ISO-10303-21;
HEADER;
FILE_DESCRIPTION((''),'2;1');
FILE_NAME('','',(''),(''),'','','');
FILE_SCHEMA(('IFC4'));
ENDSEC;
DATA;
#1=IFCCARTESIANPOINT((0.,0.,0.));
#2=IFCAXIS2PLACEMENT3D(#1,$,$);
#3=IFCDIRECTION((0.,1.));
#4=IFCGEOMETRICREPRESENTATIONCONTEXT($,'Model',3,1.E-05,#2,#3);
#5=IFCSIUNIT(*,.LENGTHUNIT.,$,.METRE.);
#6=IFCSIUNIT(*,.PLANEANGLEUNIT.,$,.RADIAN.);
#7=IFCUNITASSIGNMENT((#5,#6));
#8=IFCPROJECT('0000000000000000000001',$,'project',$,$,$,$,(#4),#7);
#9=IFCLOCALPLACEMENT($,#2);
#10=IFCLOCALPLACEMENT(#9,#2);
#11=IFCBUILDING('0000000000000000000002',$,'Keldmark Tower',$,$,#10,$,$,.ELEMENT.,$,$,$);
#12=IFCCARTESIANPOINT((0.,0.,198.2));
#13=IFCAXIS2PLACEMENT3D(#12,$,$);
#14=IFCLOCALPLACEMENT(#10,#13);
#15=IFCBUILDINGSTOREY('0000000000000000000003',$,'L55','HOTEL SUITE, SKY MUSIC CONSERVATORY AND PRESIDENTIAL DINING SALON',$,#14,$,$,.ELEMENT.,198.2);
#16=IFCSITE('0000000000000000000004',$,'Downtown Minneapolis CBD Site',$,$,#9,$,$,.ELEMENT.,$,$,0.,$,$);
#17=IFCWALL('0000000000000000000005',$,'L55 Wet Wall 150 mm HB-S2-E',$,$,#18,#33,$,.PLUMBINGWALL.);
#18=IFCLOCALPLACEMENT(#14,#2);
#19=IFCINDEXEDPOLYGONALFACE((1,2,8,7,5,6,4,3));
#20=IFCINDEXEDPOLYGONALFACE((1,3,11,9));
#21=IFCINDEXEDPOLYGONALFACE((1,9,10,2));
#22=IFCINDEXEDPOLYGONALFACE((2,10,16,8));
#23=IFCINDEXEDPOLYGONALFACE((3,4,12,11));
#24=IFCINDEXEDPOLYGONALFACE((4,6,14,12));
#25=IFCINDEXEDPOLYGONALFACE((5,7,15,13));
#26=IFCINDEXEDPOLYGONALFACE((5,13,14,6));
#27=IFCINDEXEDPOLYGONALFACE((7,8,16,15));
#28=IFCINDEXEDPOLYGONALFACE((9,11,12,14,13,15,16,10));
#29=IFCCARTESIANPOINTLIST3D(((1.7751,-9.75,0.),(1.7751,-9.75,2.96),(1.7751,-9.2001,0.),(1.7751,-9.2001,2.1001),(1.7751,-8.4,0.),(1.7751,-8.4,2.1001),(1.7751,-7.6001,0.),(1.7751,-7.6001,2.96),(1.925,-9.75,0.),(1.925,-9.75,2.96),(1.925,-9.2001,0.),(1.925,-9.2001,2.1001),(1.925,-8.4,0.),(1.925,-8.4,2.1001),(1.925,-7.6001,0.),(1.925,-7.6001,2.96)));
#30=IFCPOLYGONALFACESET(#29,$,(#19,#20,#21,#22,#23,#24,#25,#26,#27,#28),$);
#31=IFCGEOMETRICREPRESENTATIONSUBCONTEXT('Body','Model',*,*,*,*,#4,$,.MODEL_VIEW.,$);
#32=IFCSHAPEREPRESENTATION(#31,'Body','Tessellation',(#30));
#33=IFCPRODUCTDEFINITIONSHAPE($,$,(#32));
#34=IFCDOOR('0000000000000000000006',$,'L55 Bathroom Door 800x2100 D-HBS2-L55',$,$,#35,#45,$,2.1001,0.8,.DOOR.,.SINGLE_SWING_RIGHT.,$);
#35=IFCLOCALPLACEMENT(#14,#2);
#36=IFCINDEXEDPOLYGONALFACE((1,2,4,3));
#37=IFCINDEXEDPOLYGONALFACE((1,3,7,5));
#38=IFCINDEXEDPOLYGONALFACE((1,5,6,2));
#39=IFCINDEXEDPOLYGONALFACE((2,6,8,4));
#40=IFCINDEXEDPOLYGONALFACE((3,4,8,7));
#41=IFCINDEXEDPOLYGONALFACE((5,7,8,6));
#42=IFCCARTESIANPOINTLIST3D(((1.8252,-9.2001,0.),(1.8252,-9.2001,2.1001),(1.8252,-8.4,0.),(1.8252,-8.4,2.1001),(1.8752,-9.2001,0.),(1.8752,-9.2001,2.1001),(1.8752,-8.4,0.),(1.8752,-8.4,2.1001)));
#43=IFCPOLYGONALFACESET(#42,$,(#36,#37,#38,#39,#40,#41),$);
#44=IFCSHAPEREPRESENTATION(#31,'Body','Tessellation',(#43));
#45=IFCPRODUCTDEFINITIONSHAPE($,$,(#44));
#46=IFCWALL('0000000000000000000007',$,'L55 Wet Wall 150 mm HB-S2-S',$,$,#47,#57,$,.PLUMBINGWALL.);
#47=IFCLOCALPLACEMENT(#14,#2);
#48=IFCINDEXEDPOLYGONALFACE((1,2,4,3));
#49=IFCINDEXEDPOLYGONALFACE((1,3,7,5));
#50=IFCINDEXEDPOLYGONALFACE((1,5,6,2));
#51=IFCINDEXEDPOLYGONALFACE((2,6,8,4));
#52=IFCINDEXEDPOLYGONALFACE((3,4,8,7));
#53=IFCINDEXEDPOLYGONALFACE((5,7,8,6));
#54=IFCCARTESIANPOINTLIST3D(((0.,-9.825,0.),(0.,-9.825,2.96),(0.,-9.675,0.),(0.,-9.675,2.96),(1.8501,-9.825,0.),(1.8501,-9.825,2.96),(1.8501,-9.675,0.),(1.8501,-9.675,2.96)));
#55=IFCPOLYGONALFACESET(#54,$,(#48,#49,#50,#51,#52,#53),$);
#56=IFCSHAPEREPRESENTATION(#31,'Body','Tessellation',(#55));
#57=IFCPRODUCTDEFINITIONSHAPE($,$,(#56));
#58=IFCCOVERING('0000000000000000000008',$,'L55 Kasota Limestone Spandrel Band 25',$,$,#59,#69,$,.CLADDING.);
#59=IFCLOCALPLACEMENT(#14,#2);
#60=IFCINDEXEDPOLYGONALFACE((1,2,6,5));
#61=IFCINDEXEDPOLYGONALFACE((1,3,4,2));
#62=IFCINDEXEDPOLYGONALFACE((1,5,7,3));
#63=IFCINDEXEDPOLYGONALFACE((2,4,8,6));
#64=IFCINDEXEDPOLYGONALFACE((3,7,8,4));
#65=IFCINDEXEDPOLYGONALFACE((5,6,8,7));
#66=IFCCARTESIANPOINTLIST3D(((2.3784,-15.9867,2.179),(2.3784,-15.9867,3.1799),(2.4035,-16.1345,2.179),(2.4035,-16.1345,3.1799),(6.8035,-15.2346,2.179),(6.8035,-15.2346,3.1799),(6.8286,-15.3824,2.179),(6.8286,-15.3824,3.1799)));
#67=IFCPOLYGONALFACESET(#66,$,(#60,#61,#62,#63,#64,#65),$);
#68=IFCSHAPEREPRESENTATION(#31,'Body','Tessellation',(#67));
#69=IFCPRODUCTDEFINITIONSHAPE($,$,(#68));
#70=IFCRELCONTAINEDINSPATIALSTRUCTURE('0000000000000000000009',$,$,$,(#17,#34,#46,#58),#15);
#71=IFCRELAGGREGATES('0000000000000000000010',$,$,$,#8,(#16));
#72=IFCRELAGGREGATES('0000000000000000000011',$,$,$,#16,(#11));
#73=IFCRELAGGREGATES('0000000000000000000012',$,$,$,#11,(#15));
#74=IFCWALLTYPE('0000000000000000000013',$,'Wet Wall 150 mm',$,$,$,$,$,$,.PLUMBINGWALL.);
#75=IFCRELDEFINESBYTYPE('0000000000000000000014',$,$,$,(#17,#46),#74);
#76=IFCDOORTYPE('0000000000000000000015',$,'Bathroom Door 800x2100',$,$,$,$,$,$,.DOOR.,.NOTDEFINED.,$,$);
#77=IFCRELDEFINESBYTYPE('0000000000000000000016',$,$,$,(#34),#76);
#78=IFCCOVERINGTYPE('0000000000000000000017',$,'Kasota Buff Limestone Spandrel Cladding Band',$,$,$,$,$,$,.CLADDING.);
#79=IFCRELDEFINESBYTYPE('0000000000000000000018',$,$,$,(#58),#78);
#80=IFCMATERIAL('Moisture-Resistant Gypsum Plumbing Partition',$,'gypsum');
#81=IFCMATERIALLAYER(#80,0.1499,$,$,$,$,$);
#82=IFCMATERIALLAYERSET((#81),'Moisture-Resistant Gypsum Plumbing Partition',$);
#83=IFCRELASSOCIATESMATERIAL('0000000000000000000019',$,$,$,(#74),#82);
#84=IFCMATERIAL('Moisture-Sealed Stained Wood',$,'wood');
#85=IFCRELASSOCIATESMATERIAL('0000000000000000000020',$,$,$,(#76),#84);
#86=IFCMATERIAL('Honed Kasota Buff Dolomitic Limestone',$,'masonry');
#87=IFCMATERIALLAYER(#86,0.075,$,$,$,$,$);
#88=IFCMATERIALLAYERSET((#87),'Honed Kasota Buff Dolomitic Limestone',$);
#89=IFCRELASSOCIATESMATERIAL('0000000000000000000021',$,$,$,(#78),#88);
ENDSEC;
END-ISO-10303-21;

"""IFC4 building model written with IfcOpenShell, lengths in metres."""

from ifc_helpers import new_model, si_unit, direction, frame, frame_2d, origin, origin_2d, place, context, subcontext, project, spatial, rectangle, extrude, material, layer, layer_set, type_object, element, fill, save


model = new_model("IFC4")

# Units and contexts
model_context = context("Model", 3, precision=1e-05, world=origin(), true_north=direction((0.0, 1.0)))
body_context = subcontext(model_context, "Body", "Model", "MODEL_VIEW")
ifc_project = project(units=[si_unit("LENGTHUNIT", "METRE"), si_unit("PLANEANGLEUNIT", "RADIAN")], contexts=[model_context])

# Site, building, storey
site_placement = place(None, origin())
site = spatial("IfcSite", under=ifc_project, at=site_placement, Name="Downtown Minneapolis CBD Site", CompositionType="ELEMENT", RefElevation=0.0)
building_placement = place(site_placement, origin())
building = spatial("IfcBuilding", under=site, at=building_placement, Name="Keldmark Tower", CompositionType="ELEMENT")
storey_placement = place(building_placement, frame((0.0, 0.0, 198.2)))
storey = spatial("IfcBuildingStorey", under=building, at=storey_placement, Name="L55", Description="HOTEL SUITE, SKY MUSIC CONSERVATORY AND PRESIDENTIAL DINING SALON", CompositionType="ELEMENT", Elevation=198.2)

# Shared definitions
ifc_material_1 = material(Name="Moisture-Resistant Gypsum Plumbing Partition", Category="gypsum")
ifc_layer_1 = layer(ifc_material_1, 0.1499)
ifc_layer_set_1 = layer_set([ifc_layer_1], Name="Moisture-Resistant Gypsum Plumbing Partition")
wall_type_1 = type_object("IfcWallType", Name="Wet Wall 150 mm", PredefinedType="PLUMBINGWALL", material=ifc_layer_set_1)

# Wall, opening, door
wall_1_placement = place(storey_placement, frame((1.8501, -9.75, 0.0), z_axis=(0.0, 0.0, 1.0), x_axis=(0.0, 1.0, 0.0)))
wall_1 = element("IfcWall", 1, at=wall_1_placement, inside=storey, type_object=wall_type_1, Name="L55 Wet Wall 150 mm HB-S2-E", PredefinedType="PLUMBINGWALL", context=body_context, shape_type="SweptSolid", body=[
    extrude(rectangle(XDim=2.1499, YDim=0.1499, at=frame_2d((1.075, 0.0))), origin(), (0.0, 0.0, 1.0), 2.96),
])
opening_1_placement = place(wall_1_placement, frame((0.55, 0.0, 0.0)))
opening_1 = element("IfcOpeningElement", 2, at=opening_1_placement, cuts=wall_1, PredefinedType="OPENING", context=body_context, shape_type="SweptSolid", body=[
    extrude(rectangle(XDim=0.8, YDim=2.1001, at=frame_2d((0.3999, 1.05))), frame((0.0, 0.085, 0.0), z_axis=(0.0, -1.0, 0.0), x_axis=(1.0, 0.0, 0.0)), (0.0, 0.0, 1.0), 0.1699),
])
ifc_material_2 = material(Name="Moisture-Sealed Stained Wood", Category="wood")
door_type_1 = type_object("IfcDoorType", Name="Bathroom Door 800x2100", OperationType="NOTDEFINED", PredefinedType="DOOR", material=ifc_material_2)
door_1_placement = place(opening_1_placement, origin())
door_1 = element("IfcDoor", 3, at=door_1_placement, inside=storey, type_object=door_type_1, Name="L55 Bathroom Door 800x2100 D-HBS2-L55", OperationType="SINGLE_SWING_RIGHT", OverallHeight=2.1001, OverallWidth=0.8, PredefinedType="DOOR", context=body_context, shape_type="SweptSolid", body=[
    extrude(rectangle(XDim=0.8, YDim=2.1001, at=frame_2d((0.3999, 1.05))), frame((0.0, 0.0249, 0.0), z_axis=(0.0, -1.0, 0.0), x_axis=(1.0, 0.0, 0.0)), (0.0, 0.0, 1.0), 0.05),
])
fill(opening_1, door_1)

# Wall
wall_2_placement = place(storey_placement, frame((0.0, -9.75, 0.0), z_axis=(0.0, 0.0, 1.0), x_axis=(1.0, 0.0, 0.0)))
element("IfcWall", 4, at=wall_2_placement, inside=storey, type_object=wall_type_1, Name="L55 Wet Wall 150 mm HB-S2-S", PredefinedType="PLUMBINGWALL", context=body_context, shape_type="SweptSolid", body=[
    extrude(rectangle(XDim=1.8501, YDim=0.1499, at=frame_2d((0.925, 0.0))), origin(), (0.0, 0.0, 1.0), 2.96),
])

# Covering
ifc_material_3 = material(Name="Honed Kasota Buff Dolomitic Limestone", Category="masonry")
ifc_layer_2 = layer(ifc_material_3, 0.075)
ifc_layer_set_2 = layer_set([ifc_layer_2], Name="Honed Kasota Buff Dolomitic Limestone")
covering_type = type_object("IfcCoveringType", Name="Kasota Buff Limestone Spandrel Cladding Band", PredefinedType="CLADDING", material=ifc_layer_set_2)
covering_placement = place(storey_placement, frame((4.6035, -15.6846, 2.179), z_axis=(0.0, 0.0, 1.0), x_axis=(0.985862, 0.16756, 0.0)))
element("IfcCovering", 5, at=covering_placement, inside=storey, type_object=covering_type, Name="L55 Kasota Limestone Spandrel Band 25", PredefinedType="CLADDING", context=body_context, shape_type="SweptSolid", body=[
    extrude(rectangle(XDim=4.4885, YDim=0.1499, at=origin_2d()), origin(), (0.0, 0.0, 1.0), 1.001),
])

save(model, "model.ifc")
